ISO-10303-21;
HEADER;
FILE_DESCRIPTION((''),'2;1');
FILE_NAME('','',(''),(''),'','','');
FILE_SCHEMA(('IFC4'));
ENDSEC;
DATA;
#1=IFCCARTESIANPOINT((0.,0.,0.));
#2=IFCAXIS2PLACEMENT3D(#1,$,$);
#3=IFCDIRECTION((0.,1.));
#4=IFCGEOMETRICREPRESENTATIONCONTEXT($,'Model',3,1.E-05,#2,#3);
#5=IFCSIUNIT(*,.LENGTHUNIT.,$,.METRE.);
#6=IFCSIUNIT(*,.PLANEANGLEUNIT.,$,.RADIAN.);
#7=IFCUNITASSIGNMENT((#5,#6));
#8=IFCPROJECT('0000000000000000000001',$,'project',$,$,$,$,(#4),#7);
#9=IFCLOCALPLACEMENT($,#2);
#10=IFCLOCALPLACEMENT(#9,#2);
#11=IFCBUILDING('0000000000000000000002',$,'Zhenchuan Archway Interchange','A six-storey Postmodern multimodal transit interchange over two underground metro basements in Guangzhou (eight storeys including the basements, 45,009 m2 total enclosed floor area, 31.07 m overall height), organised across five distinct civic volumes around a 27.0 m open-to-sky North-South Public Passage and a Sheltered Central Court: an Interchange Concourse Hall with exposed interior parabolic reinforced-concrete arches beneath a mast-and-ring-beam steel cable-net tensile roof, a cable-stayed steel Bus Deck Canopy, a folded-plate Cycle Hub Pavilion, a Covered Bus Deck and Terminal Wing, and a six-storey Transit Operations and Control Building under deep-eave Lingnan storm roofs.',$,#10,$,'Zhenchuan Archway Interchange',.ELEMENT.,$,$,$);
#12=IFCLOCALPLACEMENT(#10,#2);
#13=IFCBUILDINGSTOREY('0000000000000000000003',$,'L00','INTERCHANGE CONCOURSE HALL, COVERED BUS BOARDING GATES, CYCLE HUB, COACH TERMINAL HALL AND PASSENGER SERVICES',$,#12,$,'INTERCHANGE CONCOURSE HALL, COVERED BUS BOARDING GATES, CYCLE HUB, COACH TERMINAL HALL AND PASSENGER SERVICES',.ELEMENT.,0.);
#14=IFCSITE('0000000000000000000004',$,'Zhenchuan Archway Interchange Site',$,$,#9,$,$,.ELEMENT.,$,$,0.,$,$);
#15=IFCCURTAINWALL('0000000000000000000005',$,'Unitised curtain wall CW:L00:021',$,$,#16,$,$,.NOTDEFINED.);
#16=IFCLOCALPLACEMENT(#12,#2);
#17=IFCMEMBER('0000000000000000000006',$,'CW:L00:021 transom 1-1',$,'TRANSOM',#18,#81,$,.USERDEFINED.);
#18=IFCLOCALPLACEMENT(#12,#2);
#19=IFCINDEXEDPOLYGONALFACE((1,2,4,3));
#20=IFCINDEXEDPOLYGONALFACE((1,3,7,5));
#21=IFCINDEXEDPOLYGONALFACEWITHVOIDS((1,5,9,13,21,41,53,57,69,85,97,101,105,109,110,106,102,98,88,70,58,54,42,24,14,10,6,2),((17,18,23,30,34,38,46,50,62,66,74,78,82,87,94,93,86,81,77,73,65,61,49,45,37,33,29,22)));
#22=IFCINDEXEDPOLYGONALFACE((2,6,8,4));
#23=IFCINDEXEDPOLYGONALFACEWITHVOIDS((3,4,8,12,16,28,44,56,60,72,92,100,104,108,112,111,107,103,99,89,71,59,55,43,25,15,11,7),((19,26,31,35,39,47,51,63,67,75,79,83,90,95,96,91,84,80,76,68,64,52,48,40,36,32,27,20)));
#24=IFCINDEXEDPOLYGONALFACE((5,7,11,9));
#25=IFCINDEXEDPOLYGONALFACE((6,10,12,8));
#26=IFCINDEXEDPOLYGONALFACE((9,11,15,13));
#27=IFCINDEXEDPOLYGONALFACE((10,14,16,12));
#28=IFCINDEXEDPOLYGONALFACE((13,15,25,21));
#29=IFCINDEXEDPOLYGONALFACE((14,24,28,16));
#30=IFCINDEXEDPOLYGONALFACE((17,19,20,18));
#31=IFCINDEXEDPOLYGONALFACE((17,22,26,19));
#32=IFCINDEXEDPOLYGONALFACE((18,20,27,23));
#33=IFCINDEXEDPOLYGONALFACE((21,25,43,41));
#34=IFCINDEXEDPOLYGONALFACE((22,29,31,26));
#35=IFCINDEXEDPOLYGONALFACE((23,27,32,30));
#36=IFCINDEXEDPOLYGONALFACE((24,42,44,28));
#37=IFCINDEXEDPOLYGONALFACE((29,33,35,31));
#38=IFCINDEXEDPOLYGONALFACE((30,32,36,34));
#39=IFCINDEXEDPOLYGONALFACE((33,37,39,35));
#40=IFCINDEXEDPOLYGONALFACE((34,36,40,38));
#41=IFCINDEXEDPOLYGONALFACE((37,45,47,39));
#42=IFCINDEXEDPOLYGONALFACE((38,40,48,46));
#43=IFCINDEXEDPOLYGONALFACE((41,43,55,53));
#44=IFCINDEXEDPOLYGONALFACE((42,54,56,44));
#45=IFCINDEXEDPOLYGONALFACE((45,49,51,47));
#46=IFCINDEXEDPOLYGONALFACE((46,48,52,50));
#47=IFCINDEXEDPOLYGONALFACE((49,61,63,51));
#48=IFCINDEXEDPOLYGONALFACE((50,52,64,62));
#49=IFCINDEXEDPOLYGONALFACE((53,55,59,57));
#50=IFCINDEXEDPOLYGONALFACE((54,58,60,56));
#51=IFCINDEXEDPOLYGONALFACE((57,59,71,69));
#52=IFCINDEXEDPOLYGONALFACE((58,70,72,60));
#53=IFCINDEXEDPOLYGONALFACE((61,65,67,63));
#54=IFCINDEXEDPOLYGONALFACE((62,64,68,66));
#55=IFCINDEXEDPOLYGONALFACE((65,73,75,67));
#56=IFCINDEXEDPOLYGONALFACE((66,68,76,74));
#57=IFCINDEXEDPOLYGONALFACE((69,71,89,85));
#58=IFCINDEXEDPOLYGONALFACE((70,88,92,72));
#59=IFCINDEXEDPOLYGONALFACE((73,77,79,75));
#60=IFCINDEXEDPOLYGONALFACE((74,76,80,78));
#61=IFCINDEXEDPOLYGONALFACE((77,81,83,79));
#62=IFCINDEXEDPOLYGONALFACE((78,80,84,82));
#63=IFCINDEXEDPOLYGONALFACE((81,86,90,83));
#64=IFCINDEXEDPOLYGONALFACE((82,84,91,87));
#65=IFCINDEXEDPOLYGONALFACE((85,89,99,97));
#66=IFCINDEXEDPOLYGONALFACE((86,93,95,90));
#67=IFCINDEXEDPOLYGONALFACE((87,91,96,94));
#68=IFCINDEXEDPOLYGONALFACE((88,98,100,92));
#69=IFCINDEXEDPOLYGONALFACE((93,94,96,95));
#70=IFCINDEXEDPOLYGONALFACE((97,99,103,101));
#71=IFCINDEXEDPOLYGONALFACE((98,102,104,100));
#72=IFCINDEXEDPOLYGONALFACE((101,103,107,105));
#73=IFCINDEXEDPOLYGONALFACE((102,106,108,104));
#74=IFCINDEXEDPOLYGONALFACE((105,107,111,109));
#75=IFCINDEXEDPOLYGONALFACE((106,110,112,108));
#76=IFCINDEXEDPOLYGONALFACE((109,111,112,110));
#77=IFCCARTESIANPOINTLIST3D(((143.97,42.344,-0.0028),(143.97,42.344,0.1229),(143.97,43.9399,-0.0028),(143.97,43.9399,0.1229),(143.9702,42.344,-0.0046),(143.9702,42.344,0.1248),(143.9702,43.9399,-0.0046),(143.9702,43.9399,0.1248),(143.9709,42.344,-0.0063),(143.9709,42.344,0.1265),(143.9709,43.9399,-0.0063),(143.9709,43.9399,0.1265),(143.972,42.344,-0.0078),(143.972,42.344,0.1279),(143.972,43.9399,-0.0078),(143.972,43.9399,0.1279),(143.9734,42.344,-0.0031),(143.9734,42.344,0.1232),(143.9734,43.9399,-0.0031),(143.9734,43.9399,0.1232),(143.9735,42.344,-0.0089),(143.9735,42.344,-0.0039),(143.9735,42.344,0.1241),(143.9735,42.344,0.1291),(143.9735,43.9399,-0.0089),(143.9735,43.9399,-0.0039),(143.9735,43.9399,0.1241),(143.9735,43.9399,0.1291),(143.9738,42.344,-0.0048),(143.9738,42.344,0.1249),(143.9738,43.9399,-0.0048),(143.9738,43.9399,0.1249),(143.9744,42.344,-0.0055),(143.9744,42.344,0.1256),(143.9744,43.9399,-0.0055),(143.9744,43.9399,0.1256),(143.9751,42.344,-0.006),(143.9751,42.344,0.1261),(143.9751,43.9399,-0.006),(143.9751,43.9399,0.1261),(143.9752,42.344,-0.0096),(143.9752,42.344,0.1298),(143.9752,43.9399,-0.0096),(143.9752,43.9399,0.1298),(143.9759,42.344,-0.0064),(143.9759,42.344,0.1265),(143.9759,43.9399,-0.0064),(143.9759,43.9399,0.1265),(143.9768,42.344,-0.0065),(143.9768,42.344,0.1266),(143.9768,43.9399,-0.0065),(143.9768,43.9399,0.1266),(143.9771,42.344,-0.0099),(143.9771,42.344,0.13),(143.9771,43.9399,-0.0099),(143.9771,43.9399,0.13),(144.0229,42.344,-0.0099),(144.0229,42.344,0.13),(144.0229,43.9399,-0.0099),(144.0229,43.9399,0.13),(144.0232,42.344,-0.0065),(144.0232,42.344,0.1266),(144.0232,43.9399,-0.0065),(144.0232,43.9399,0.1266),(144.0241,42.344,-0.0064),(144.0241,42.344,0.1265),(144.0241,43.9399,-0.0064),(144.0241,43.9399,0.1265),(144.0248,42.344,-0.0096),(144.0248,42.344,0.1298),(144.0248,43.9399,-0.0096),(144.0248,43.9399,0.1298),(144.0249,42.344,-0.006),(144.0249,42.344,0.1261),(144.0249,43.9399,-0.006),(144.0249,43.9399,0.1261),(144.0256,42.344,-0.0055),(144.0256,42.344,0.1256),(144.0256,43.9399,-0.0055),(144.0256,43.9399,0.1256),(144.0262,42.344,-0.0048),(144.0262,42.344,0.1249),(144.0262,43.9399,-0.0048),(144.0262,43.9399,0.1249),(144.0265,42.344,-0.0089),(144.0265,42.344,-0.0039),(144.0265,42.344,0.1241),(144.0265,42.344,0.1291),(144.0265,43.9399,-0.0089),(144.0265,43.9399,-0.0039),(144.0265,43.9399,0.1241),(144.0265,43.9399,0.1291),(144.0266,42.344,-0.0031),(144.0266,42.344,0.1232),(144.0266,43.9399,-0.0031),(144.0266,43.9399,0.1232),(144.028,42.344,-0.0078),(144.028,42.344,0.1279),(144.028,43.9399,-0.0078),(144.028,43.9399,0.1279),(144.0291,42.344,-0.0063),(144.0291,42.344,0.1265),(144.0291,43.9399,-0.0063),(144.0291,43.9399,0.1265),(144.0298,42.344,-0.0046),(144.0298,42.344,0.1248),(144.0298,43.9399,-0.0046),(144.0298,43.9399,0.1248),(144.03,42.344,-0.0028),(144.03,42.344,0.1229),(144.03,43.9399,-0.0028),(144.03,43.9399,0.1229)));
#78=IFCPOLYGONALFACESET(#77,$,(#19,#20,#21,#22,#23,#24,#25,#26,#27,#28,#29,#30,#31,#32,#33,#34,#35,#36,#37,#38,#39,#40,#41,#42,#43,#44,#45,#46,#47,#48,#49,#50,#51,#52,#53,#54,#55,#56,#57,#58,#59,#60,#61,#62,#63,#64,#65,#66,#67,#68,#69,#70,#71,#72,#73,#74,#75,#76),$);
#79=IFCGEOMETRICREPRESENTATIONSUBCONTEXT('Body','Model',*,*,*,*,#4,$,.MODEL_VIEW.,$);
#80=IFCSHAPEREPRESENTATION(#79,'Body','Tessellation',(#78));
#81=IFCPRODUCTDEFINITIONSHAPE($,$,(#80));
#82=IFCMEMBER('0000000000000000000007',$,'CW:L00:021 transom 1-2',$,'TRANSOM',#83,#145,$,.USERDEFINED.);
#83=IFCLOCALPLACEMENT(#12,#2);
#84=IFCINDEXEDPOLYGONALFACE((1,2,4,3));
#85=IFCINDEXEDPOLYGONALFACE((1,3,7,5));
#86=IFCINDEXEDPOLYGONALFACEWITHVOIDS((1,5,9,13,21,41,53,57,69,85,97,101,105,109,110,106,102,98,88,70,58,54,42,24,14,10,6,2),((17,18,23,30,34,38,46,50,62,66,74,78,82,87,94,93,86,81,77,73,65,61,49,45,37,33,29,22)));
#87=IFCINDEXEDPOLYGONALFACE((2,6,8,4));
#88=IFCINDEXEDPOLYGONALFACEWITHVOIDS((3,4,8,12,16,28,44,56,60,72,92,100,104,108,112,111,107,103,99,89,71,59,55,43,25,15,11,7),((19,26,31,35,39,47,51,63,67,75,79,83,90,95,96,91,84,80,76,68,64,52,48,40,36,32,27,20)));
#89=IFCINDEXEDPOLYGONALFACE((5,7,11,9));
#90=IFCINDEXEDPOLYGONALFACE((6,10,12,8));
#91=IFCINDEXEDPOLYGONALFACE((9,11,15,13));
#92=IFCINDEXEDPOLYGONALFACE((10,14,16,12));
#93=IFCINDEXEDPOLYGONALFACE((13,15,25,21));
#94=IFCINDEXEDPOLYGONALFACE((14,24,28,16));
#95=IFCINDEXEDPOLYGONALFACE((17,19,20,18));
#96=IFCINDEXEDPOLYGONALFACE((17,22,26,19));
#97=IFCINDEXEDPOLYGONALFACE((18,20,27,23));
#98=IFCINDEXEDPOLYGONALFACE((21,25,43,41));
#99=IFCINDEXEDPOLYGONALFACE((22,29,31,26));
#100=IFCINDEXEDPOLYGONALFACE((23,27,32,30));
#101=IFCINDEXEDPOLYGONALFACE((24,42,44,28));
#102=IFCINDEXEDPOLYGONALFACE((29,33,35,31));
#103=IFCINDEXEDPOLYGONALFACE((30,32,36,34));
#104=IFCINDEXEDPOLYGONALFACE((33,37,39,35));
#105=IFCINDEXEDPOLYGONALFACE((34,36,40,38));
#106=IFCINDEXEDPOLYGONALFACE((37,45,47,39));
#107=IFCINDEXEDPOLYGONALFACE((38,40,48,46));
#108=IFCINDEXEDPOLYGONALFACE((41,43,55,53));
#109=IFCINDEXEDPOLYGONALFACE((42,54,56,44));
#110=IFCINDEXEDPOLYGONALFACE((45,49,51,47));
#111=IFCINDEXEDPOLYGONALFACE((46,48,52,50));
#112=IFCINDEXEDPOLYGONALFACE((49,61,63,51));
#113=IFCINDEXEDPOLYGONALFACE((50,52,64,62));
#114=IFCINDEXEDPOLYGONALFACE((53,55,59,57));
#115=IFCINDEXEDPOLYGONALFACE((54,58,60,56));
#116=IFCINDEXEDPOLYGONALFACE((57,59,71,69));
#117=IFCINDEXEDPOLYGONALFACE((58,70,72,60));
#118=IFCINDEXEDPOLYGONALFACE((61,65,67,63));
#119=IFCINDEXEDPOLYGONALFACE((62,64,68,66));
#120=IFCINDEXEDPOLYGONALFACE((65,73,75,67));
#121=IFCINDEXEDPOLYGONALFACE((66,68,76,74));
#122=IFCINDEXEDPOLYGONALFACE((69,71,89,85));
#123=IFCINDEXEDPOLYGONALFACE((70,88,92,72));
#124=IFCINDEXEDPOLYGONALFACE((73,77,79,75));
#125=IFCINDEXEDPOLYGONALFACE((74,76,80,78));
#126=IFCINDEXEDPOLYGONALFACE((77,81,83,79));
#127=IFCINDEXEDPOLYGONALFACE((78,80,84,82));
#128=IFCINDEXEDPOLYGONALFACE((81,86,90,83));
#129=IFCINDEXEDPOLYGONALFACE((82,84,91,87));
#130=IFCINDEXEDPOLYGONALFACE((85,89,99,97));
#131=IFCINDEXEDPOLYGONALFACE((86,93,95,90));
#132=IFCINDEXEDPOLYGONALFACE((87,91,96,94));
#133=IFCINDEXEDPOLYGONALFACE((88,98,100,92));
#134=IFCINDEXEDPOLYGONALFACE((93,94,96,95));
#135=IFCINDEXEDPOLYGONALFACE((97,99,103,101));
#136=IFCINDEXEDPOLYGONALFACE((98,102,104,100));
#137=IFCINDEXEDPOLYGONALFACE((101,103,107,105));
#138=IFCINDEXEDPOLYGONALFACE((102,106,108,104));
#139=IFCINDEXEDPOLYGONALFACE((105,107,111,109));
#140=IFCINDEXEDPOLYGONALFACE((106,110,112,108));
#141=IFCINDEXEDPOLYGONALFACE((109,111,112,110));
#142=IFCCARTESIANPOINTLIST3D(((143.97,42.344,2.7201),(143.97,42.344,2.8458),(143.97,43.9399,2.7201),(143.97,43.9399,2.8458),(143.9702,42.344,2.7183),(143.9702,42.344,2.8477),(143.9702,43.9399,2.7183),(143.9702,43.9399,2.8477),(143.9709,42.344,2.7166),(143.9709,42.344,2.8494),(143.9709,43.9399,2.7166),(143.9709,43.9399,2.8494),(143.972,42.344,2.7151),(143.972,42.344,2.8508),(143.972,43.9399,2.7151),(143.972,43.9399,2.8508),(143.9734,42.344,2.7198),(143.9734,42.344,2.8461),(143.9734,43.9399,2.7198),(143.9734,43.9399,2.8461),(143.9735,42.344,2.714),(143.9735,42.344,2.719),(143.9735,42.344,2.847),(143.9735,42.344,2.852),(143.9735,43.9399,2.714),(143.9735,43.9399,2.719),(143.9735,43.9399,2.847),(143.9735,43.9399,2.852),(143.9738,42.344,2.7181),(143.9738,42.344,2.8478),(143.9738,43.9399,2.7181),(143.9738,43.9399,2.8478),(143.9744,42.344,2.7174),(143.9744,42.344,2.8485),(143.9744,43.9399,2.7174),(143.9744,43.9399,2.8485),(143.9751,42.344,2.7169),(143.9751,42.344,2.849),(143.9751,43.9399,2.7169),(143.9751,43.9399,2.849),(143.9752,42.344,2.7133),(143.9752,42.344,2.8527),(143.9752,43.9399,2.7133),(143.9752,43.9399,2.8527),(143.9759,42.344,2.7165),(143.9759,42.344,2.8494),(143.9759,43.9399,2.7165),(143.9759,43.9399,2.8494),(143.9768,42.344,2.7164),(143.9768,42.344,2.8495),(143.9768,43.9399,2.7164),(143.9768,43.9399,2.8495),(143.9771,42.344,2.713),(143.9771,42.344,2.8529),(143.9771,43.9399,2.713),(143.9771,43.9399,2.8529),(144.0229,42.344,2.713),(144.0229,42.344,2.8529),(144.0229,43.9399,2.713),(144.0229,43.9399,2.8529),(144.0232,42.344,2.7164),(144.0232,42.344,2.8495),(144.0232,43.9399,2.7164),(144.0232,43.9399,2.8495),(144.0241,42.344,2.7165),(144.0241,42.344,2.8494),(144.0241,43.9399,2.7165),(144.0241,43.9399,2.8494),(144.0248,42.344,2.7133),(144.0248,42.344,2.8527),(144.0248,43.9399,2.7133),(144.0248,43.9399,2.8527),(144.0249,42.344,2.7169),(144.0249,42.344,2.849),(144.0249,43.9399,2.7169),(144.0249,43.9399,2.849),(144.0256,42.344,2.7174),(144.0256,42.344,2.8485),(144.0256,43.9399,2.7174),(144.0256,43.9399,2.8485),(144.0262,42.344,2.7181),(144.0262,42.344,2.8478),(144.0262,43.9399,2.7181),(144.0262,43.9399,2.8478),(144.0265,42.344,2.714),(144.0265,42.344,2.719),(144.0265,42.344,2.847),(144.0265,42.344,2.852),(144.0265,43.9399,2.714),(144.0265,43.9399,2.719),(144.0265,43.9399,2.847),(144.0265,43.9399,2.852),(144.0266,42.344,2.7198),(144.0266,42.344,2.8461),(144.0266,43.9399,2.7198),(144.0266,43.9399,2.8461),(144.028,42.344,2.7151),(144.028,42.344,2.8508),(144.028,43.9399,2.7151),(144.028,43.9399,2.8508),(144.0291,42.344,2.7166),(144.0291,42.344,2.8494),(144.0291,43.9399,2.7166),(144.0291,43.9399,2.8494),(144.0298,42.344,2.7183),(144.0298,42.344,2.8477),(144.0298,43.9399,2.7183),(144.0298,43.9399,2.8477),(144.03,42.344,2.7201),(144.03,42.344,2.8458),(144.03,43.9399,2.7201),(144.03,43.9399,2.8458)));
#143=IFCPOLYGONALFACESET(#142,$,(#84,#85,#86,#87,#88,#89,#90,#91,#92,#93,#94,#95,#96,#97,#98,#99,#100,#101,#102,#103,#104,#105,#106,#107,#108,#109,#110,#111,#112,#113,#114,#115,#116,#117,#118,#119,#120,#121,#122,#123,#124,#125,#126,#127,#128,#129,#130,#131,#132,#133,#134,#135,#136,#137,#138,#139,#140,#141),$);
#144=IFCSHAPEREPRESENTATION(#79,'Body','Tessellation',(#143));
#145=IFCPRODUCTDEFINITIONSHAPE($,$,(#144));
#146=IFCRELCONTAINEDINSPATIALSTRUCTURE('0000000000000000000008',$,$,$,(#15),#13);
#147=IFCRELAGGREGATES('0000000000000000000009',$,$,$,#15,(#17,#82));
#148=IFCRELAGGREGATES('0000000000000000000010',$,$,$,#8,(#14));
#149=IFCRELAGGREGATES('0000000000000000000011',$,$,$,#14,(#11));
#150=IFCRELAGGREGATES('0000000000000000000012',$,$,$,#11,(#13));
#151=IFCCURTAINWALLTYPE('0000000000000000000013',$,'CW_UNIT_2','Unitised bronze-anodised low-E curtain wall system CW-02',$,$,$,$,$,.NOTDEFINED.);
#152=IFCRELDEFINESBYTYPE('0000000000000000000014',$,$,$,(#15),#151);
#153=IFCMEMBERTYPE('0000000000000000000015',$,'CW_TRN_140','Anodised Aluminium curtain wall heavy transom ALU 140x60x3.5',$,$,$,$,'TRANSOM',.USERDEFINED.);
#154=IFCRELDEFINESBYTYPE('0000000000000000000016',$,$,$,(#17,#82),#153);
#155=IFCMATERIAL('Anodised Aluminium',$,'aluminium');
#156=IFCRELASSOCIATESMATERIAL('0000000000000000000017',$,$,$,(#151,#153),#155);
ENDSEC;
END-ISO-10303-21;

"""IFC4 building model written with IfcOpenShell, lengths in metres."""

from ifc_helpers import new_model, si_unit, direction, frame, origin, origin_2d, place, context, subcontext, project, spatial, hollow_rectangle, extrude, material, material_profile, profile_set, type_object, element, aggregate, save


model = new_model("IFC4")

# Units and contexts
model_context = context("Model", 3, precision=1e-05, world=origin(), true_north=direction((0.0, 1.0)))
body_context = subcontext(model_context, "Body", "Model", "MODEL_VIEW")
ifc_project = project(units=[si_unit("LENGTHUNIT", "METRE"), si_unit("PLANEANGLEUNIT", "RADIAN")], contexts=[model_context])

# Site, building, storey
site_placement = place(None, origin())
site = spatial("IfcSite", under=ifc_project, at=site_placement, Name="Zhenchuan Archway Interchange Site", CompositionType="ELEMENT", RefElevation=0.0)
building_placement = place(site_placement, origin())
building = spatial("IfcBuilding", under=site, at=building_placement, Name="Zhenchuan Archway Interchange", Description="A six-storey Postmodern multimodal transit interchange over two underground metro basements in Guangzhou (eight storeys including the basements, 45,009 m2 total enclosed floor area, 31.07 m overall height), organised across five distinct civic volumes around a 27.0 m open-to-sky North-South Public Passage and a Sheltered Central Court: an Interchange Concourse Hall with exposed interior parabolic reinforced-concrete arches beneath a mast-and-ring-beam steel cable-net tensile roof, a cable-stayed steel Bus Deck Canopy, a folded-plate Cycle Hub Pavilion, a Covered Bus Deck and Terminal Wing, and a six-storey Transit Operations and Control Building under deep-eave Lingnan storm roofs.", LongName="Zhenchuan Archway Interchange", CompositionType="ELEMENT")
storey_placement = place(building_placement, origin())
storey = spatial("IfcBuildingStorey", under=building, at=storey_placement, Name="L00", Description="INTERCHANGE CONCOURSE HALL, COVERED BUS BOARDING GATES, CYCLE HUB, COACH TERMINAL HALL AND PASSENGER SERVICES", LongName="INTERCHANGE CONCOURSE HALL, COVERED BUS BOARDING GATES, CYCLE HUB, COACH TERMINAL HALL AND PASSENGER SERVICES", CompositionType="ELEMENT", Elevation=0.0)

# Curtain wall, members
ifc_material_1 = material(Name="Anodised Aluminium", Category="aluminium")
curtain_wall_type = type_object("IfcCurtainWallType", Name="CW_UNIT_2", Description="Unitised bronze-anodised low-E curtain wall system CW-02", PredefinedType="NOTDEFINED", material=ifc_material_1)
curtain_wall_placement = place(storey_placement, origin())
curtain_wall = element("IfcCurtainWall", 1, at=curtain_wall_placement, inside=storey, type_object=curtain_wall_type, Name="Unitised curtain wall CW:L00:021", PredefinedType="NOTDEFINED")
ifc_material_profile_1 = material_profile(ifc_material_1, hollow_rectangle(XDim=0.0601, YDim=0.1399, WallThickness=0.0034, InnerFilletRadius=0.0034, OuterFilletRadius=0.0071, at=origin_2d()), Name="ALU 140x60x3.5")
ifc_profile_set_1 = profile_set([ifc_material_profile_1], Name="Anodised Aluminium")
member_type_1 = type_object("IfcMemberType", Name="CW_TRN_140", Description="Anodised Aluminium curtain wall heavy transom ALU 140x60x3.5", ElementType="TRANSOM", PredefinedType="USERDEFINED", material=ifc_profile_set_1)
member_1_placement = place(storey_placement, frame((144.0, 42.344, 0.0601), z_axis=(0.0, 1.0, 0.0), x_axis=(-1.0, 0.0, 0.0)))
member_1 = element("IfcMember", 2, at=member_1_placement, type_object=member_type_1, Name="CW:L00:021 transom 1-1", ObjectType="TRANSOM", PredefinedType="USERDEFINED", context=body_context, shape_type="SweptSolid", body=[
    extrude(hollow_rectangle(XDim=0.0601, YDim=0.1399, WallThickness=0.0034, InnerFilletRadius=0.0034, OuterFilletRadius=0.0071, at=origin_2d()), origin(), (0.0, 0.0, 1.0), 1.5959),
])
member_2_placement = place(storey_placement, frame((144.0, 42.344, 2.783), z_axis=(0.0, 1.0, 0.0), x_axis=(-1.0, 0.0, 0.0)))
member_2 = element("IfcMember", 3, at=member_2_placement, type_object=member_type_1, Name="CW:L00:021 transom 1-2", ObjectType="TRANSOM", PredefinedType="USERDEFINED", context=body_context, shape_type="SweptSolid", body=[
    extrude(hollow_rectangle(XDim=0.0601, YDim=0.1399, WallThickness=0.0034, InnerFilletRadius=0.0034, OuterFilletRadius=0.0071, at=origin_2d()), origin(), (0.0, 0.0, 1.0), 1.5959),
])
aggregate(curtain_wall, [member_1, member_2])

save(model, "model.ifc")
